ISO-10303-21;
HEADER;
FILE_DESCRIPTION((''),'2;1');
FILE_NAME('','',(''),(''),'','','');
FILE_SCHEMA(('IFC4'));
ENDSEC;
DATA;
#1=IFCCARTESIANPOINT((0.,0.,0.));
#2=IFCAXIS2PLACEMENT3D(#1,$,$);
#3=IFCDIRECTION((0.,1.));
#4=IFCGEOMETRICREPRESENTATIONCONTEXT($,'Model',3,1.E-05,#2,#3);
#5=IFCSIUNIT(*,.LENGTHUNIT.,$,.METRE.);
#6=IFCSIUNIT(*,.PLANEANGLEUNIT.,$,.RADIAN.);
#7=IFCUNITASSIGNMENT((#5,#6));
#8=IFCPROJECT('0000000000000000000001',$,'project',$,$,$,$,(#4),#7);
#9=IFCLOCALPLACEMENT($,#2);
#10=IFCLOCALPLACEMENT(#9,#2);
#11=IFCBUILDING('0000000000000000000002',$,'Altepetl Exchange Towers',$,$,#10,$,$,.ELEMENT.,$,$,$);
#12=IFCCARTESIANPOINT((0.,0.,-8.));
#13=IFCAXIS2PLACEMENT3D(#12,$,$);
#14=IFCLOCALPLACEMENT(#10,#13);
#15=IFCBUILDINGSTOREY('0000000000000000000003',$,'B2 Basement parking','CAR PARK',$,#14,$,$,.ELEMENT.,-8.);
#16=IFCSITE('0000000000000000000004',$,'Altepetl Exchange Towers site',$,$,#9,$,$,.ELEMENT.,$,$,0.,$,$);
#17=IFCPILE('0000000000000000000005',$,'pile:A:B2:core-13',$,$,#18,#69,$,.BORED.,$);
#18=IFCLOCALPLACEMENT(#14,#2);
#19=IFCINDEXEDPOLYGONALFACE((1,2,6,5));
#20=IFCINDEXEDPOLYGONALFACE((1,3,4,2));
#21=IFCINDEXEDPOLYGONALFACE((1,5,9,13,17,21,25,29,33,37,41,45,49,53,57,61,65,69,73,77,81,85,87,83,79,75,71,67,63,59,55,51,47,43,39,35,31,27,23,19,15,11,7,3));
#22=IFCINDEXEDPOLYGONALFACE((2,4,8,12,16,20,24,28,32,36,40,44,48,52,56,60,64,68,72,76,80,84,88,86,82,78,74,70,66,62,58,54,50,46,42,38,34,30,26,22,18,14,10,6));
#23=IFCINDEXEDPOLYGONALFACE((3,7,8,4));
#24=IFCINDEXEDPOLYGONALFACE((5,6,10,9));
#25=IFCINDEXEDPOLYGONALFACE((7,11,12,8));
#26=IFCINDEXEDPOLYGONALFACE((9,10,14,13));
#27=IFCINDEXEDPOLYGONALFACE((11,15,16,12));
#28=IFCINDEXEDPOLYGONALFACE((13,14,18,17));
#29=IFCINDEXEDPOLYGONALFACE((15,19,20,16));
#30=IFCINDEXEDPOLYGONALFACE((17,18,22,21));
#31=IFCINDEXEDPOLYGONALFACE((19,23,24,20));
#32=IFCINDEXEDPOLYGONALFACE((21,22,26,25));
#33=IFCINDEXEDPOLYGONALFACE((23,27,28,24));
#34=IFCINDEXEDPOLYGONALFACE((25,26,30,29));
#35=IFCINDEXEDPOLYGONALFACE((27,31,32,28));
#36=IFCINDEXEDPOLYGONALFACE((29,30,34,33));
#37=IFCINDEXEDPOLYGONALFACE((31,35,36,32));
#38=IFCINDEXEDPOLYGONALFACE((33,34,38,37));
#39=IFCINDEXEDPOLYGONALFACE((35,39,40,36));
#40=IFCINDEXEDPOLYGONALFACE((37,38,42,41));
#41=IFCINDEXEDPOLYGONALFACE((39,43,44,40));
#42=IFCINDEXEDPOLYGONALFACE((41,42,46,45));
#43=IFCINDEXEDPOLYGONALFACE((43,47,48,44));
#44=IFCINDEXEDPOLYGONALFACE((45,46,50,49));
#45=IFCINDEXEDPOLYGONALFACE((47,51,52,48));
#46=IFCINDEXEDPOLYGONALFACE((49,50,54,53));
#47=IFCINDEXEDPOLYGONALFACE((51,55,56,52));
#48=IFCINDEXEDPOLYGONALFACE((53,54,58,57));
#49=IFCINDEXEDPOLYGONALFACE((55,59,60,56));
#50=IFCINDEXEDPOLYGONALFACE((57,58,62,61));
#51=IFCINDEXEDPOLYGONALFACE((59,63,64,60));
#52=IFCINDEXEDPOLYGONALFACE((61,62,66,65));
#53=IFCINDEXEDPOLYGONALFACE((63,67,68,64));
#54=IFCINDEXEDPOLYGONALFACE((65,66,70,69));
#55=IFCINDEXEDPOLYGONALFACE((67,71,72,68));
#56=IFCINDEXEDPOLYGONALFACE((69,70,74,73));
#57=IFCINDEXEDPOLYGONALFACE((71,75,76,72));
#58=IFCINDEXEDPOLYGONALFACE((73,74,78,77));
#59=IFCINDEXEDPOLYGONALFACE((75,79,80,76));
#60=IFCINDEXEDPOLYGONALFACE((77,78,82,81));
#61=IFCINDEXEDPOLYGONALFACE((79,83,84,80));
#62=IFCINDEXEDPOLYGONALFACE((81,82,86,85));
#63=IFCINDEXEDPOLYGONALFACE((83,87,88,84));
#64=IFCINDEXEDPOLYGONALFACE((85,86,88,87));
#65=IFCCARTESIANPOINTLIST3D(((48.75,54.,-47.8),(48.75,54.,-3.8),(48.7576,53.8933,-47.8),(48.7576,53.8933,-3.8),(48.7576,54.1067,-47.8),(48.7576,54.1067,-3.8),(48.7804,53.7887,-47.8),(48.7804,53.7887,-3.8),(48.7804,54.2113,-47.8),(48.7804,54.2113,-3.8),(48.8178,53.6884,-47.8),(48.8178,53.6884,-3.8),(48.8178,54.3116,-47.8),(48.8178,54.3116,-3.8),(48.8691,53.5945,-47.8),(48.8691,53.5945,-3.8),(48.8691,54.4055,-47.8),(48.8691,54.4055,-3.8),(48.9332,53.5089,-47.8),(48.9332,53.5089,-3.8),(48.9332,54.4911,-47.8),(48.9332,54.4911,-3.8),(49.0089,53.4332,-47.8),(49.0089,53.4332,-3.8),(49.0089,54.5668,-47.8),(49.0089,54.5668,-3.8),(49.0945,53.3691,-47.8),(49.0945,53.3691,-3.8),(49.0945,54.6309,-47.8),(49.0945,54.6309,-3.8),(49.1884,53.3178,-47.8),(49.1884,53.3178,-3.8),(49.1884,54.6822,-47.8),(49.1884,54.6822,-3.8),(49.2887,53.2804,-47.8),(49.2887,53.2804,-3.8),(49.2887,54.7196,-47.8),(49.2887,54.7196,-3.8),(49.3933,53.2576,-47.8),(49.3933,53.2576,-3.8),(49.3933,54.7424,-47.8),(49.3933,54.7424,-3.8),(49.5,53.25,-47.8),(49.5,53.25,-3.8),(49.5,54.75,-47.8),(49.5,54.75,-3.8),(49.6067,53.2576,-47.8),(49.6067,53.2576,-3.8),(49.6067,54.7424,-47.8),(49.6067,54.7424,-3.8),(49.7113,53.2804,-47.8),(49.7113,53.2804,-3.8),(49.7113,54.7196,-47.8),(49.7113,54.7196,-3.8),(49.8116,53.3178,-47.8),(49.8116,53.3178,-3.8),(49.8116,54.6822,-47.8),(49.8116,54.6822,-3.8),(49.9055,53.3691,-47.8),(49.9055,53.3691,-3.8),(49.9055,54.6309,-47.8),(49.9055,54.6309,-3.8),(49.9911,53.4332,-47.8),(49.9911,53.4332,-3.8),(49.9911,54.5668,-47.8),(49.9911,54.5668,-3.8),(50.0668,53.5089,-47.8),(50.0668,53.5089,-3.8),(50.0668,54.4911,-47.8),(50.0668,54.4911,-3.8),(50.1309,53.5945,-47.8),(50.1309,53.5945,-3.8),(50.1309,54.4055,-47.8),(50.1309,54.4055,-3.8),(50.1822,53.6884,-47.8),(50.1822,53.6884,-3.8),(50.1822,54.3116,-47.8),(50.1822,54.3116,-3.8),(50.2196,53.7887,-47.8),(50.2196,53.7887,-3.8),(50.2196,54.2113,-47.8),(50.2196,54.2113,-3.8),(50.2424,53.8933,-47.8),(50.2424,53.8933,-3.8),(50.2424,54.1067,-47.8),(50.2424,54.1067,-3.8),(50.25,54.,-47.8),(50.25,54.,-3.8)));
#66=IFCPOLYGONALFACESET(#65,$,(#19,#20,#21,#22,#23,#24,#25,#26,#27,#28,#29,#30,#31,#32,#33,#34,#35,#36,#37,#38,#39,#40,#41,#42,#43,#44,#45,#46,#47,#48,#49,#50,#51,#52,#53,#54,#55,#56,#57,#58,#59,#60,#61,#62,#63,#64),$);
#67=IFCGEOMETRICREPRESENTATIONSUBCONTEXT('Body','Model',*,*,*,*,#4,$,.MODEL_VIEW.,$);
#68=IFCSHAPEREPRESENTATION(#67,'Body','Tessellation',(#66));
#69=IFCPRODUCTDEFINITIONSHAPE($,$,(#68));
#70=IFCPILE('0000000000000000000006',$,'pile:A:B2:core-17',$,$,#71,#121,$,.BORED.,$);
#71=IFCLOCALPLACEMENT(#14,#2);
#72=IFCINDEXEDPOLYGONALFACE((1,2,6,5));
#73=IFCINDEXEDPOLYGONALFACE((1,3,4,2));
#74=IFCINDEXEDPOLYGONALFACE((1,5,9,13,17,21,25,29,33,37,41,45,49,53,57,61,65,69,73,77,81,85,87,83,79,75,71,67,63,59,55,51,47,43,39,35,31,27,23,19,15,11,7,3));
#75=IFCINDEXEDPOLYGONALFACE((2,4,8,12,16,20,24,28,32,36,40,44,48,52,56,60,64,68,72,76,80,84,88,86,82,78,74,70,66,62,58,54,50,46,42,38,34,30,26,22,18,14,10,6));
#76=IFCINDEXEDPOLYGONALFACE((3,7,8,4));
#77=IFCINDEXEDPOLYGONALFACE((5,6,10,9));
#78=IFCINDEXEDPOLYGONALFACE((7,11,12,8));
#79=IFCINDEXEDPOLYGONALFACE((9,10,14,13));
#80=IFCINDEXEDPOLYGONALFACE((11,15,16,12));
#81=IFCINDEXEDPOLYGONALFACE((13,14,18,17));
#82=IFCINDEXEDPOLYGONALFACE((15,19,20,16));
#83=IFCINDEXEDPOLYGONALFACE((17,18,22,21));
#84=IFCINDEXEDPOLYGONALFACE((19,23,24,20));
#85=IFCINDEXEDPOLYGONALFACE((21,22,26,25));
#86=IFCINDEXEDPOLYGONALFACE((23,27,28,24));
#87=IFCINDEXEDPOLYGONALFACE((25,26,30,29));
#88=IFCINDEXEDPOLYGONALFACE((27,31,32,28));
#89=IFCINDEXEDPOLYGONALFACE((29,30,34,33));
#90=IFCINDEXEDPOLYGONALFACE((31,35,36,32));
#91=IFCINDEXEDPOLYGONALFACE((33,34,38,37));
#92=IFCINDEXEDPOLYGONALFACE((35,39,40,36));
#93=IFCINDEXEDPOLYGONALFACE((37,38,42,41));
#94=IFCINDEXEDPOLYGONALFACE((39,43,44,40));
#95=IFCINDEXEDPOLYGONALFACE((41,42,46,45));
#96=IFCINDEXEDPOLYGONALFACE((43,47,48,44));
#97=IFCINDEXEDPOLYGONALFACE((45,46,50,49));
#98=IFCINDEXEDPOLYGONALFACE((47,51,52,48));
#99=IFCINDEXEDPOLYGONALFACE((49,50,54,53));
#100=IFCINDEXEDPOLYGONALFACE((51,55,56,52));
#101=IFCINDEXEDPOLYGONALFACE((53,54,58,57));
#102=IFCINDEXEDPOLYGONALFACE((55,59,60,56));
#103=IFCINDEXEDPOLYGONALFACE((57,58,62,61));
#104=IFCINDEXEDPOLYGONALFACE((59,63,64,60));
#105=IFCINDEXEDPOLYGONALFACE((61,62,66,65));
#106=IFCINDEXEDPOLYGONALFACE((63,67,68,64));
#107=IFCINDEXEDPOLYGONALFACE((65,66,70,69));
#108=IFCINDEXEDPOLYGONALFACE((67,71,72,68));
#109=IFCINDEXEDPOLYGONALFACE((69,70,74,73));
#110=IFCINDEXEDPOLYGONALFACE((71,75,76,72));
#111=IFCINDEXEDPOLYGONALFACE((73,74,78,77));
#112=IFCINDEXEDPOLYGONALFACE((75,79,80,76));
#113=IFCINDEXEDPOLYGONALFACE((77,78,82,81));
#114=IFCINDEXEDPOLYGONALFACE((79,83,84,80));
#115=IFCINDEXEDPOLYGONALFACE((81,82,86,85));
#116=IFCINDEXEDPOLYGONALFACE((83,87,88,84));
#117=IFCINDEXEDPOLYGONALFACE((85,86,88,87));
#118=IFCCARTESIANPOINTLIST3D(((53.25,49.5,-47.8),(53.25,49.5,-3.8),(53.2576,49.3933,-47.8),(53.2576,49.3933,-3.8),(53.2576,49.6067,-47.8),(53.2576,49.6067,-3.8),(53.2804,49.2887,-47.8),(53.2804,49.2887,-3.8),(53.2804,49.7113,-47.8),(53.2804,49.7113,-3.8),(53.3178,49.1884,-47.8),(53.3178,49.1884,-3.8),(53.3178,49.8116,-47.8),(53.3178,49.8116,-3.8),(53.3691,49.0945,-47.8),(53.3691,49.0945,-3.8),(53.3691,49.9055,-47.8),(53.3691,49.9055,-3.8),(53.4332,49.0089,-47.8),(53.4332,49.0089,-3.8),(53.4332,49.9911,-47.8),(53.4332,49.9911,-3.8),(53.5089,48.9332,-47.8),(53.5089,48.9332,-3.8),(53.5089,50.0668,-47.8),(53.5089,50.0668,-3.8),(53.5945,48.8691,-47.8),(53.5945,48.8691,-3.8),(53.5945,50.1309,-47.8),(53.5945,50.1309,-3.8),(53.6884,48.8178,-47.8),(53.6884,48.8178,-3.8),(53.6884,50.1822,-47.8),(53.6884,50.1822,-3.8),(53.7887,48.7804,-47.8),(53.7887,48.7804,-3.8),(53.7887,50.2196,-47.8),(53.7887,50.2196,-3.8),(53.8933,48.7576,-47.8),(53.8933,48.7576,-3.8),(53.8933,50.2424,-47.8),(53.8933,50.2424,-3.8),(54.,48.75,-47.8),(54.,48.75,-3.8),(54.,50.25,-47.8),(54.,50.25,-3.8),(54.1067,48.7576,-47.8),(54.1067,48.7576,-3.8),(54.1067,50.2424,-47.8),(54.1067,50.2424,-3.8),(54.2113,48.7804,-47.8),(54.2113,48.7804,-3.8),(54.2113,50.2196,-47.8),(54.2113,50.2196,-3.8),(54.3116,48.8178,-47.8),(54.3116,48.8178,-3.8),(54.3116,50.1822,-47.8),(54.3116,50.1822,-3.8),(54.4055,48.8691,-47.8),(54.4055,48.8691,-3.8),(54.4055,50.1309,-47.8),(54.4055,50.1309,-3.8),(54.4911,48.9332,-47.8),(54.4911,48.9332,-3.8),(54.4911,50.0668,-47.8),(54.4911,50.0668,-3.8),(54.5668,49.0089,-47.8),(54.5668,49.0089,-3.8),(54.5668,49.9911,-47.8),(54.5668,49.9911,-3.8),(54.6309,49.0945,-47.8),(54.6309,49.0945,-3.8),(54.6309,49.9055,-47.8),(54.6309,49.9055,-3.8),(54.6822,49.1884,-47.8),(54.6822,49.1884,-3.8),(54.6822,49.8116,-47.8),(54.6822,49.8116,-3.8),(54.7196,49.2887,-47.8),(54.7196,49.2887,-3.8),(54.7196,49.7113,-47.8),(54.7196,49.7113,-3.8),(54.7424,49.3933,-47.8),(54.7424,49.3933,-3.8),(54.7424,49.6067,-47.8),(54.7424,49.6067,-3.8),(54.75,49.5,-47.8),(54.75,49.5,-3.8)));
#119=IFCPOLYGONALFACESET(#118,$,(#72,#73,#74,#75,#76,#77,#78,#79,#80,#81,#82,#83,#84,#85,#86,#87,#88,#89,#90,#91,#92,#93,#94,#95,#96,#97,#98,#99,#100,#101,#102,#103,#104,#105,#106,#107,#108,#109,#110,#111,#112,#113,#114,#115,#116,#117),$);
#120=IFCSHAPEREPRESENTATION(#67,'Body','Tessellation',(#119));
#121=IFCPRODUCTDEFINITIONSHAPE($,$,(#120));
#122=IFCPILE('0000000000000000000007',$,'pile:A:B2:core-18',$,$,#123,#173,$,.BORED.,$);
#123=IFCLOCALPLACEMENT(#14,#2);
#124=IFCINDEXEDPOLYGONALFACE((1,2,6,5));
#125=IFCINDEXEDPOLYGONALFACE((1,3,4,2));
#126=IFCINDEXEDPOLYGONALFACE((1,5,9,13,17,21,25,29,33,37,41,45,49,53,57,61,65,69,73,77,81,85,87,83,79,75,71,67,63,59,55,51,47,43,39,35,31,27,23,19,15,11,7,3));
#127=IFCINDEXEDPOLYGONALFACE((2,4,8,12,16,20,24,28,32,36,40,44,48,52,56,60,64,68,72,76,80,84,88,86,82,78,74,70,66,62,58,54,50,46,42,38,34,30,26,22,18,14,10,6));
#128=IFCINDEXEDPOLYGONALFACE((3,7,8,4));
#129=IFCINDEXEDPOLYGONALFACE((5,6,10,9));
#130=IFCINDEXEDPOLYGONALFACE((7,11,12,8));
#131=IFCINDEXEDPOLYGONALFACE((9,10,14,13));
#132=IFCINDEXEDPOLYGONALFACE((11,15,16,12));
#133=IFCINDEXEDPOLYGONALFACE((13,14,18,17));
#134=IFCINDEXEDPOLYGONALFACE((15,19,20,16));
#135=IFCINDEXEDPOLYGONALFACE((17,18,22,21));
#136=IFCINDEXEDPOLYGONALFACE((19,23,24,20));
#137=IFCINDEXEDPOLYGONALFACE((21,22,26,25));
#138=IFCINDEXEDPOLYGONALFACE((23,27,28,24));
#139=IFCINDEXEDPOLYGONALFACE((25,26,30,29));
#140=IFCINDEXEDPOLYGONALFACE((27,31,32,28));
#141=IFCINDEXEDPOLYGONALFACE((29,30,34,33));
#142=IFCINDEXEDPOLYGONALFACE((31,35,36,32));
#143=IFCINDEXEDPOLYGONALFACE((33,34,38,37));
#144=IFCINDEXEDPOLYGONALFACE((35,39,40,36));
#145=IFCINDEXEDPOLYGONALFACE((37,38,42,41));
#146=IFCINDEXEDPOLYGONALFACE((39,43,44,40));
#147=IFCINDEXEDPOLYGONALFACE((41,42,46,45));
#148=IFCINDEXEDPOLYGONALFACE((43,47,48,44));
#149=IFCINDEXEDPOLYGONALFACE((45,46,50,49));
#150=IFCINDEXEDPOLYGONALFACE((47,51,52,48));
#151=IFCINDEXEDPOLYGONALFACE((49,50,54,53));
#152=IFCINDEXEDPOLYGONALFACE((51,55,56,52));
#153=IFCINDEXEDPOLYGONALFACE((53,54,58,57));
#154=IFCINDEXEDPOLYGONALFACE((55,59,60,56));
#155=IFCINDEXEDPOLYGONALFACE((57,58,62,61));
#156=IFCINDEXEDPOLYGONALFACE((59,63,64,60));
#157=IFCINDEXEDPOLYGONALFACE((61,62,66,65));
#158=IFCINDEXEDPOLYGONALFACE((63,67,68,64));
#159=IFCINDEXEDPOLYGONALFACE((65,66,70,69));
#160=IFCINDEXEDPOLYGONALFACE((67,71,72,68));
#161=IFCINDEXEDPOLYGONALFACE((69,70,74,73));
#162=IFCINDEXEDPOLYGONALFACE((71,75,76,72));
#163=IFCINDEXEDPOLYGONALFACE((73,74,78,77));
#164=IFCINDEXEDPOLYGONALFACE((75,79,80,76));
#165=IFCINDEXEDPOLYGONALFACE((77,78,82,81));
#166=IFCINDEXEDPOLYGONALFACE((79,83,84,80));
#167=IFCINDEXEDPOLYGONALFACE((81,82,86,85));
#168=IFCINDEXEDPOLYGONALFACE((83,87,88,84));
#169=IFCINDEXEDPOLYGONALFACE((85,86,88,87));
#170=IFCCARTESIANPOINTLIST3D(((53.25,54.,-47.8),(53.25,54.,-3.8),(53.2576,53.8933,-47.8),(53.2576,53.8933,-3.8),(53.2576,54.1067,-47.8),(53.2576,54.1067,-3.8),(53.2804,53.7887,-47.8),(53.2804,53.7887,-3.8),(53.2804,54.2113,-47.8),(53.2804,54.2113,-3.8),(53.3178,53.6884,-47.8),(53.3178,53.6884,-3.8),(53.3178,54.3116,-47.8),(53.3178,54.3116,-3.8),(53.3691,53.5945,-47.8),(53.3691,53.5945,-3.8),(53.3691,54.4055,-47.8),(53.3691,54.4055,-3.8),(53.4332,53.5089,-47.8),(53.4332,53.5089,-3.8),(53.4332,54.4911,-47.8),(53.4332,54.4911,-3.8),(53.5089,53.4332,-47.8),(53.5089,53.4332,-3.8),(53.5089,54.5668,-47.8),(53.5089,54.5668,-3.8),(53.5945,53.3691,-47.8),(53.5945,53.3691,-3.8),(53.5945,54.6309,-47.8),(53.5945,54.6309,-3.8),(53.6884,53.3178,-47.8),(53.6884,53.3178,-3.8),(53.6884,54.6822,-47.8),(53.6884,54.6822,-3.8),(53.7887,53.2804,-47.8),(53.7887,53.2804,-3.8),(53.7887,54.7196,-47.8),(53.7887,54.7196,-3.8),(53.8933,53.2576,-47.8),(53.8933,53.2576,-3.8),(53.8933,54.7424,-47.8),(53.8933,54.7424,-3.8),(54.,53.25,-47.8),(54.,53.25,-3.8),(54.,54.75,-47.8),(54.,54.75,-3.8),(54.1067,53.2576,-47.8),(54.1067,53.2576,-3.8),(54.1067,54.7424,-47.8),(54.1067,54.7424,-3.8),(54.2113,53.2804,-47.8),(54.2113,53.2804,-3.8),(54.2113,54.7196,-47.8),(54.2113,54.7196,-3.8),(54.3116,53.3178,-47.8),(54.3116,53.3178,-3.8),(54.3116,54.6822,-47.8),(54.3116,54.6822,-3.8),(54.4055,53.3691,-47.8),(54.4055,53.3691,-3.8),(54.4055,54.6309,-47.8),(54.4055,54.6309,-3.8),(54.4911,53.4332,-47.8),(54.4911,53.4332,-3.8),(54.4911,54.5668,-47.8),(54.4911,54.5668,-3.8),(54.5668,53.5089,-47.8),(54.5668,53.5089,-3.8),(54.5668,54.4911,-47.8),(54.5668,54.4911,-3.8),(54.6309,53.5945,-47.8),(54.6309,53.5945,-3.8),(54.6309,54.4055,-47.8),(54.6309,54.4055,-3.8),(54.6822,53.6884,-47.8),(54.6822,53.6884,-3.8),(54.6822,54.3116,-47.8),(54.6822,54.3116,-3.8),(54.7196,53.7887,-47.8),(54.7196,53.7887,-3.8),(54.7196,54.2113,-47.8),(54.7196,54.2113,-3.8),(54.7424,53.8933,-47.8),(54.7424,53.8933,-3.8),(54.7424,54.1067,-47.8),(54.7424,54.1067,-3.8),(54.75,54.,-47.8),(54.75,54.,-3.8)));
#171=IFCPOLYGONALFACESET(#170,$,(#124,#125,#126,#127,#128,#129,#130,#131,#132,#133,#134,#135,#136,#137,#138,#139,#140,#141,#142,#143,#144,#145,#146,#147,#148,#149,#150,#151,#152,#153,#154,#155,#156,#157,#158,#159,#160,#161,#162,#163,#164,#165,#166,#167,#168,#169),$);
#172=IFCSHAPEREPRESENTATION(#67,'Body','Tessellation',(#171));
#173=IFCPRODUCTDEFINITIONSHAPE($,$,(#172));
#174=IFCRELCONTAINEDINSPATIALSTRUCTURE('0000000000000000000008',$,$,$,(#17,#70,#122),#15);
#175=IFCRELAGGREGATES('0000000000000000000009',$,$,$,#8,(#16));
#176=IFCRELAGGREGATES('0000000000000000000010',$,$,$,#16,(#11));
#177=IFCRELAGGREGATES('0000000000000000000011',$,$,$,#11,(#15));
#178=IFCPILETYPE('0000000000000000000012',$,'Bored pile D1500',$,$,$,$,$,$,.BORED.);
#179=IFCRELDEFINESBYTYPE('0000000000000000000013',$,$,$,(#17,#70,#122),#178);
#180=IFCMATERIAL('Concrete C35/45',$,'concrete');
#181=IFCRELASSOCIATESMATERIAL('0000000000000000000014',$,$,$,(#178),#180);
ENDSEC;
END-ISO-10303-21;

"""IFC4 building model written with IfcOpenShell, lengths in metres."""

from ifc_helpers import new_model, si_unit, direction, frame, origin, origin_2d, place, context, subcontext, project, spatial, circle, extrude, material, material_profile, profile_set, type_object, element, save


model = new_model("IFC4")

# Units and contexts
model_context = context("Model", 3, precision=1e-05, world=origin(), true_north=direction((0.0, 1.0)))
body_context = subcontext(model_context, "Body", "Model", "MODEL_VIEW")
ifc_project = project(units=[si_unit("LENGTHUNIT", "METRE"), si_unit("PLANEANGLEUNIT", "RADIAN")], contexts=[model_context])

# Site, building, storey
site_placement = place(None, origin())
site = spatial("IfcSite", under=ifc_project, at=site_placement, Name="Altepetl Exchange Towers site", CompositionType="ELEMENT", RefElevation=0.0)
building_placement = place(site_placement, origin())
building = spatial("IfcBuilding", under=site, at=building_placement, Name="Altepetl Exchange Towers", CompositionType="ELEMENT")
storey_placement = place(building_placement, frame((0.0, 0.0, -8.0)))
storey = spatial("IfcBuildingStorey", under=building, at=storey_placement, Name="B2 Basement parking", Description="CAR PARK", CompositionType="ELEMENT", Elevation=-8.0)

# Piles
ifc_material_1 = material(Name="Concrete C35/45", Category="concrete")
ifc_material_profile = material_profile(ifc_material_1, circle(Radius=0.75, at=origin_2d()), Name="D1500")
ifc_profile_set = profile_set([ifc_material_profile], Name="Concrete C35/45")
pile_type = type_object("IfcPileType", Name="Bored pile D1500", PredefinedType="BORED", material=ifc_profile_set)
for number, where, z_axis, x_axis, name in (
    (1, (49.5, 54.0, -3.8), (0.0, 0.0, -1.0), (1.0, 0.0, 0.0), "pile:A:B2:core-13"),
    (2, (54.0, 49.5, -3.8), (0.0, 0.0, -1.0), (1.0, 0.0, 0.0), "pile:A:B2:core-17"),
    (3, (54.0, 54.0, -3.8), (0.0, 0.0, -1.0), (1.0, 0.0, 0.0), "pile:A:B2:core-18"),
):
    element("IfcPile", number, at=place(storey_placement, frame(where, z_axis=z_axis, x_axis=x_axis)), inside=storey, type_object=pile_type, Name=name, PredefinedType="BORED", context=body_context, shape_type="SweptSolid", body=[
        extrude(circle(Radius=0.75, at=origin_2d()), origin(), (0.0, 0.0, 1.0), 44.0),
    ])

save(model, "model.ifc")
